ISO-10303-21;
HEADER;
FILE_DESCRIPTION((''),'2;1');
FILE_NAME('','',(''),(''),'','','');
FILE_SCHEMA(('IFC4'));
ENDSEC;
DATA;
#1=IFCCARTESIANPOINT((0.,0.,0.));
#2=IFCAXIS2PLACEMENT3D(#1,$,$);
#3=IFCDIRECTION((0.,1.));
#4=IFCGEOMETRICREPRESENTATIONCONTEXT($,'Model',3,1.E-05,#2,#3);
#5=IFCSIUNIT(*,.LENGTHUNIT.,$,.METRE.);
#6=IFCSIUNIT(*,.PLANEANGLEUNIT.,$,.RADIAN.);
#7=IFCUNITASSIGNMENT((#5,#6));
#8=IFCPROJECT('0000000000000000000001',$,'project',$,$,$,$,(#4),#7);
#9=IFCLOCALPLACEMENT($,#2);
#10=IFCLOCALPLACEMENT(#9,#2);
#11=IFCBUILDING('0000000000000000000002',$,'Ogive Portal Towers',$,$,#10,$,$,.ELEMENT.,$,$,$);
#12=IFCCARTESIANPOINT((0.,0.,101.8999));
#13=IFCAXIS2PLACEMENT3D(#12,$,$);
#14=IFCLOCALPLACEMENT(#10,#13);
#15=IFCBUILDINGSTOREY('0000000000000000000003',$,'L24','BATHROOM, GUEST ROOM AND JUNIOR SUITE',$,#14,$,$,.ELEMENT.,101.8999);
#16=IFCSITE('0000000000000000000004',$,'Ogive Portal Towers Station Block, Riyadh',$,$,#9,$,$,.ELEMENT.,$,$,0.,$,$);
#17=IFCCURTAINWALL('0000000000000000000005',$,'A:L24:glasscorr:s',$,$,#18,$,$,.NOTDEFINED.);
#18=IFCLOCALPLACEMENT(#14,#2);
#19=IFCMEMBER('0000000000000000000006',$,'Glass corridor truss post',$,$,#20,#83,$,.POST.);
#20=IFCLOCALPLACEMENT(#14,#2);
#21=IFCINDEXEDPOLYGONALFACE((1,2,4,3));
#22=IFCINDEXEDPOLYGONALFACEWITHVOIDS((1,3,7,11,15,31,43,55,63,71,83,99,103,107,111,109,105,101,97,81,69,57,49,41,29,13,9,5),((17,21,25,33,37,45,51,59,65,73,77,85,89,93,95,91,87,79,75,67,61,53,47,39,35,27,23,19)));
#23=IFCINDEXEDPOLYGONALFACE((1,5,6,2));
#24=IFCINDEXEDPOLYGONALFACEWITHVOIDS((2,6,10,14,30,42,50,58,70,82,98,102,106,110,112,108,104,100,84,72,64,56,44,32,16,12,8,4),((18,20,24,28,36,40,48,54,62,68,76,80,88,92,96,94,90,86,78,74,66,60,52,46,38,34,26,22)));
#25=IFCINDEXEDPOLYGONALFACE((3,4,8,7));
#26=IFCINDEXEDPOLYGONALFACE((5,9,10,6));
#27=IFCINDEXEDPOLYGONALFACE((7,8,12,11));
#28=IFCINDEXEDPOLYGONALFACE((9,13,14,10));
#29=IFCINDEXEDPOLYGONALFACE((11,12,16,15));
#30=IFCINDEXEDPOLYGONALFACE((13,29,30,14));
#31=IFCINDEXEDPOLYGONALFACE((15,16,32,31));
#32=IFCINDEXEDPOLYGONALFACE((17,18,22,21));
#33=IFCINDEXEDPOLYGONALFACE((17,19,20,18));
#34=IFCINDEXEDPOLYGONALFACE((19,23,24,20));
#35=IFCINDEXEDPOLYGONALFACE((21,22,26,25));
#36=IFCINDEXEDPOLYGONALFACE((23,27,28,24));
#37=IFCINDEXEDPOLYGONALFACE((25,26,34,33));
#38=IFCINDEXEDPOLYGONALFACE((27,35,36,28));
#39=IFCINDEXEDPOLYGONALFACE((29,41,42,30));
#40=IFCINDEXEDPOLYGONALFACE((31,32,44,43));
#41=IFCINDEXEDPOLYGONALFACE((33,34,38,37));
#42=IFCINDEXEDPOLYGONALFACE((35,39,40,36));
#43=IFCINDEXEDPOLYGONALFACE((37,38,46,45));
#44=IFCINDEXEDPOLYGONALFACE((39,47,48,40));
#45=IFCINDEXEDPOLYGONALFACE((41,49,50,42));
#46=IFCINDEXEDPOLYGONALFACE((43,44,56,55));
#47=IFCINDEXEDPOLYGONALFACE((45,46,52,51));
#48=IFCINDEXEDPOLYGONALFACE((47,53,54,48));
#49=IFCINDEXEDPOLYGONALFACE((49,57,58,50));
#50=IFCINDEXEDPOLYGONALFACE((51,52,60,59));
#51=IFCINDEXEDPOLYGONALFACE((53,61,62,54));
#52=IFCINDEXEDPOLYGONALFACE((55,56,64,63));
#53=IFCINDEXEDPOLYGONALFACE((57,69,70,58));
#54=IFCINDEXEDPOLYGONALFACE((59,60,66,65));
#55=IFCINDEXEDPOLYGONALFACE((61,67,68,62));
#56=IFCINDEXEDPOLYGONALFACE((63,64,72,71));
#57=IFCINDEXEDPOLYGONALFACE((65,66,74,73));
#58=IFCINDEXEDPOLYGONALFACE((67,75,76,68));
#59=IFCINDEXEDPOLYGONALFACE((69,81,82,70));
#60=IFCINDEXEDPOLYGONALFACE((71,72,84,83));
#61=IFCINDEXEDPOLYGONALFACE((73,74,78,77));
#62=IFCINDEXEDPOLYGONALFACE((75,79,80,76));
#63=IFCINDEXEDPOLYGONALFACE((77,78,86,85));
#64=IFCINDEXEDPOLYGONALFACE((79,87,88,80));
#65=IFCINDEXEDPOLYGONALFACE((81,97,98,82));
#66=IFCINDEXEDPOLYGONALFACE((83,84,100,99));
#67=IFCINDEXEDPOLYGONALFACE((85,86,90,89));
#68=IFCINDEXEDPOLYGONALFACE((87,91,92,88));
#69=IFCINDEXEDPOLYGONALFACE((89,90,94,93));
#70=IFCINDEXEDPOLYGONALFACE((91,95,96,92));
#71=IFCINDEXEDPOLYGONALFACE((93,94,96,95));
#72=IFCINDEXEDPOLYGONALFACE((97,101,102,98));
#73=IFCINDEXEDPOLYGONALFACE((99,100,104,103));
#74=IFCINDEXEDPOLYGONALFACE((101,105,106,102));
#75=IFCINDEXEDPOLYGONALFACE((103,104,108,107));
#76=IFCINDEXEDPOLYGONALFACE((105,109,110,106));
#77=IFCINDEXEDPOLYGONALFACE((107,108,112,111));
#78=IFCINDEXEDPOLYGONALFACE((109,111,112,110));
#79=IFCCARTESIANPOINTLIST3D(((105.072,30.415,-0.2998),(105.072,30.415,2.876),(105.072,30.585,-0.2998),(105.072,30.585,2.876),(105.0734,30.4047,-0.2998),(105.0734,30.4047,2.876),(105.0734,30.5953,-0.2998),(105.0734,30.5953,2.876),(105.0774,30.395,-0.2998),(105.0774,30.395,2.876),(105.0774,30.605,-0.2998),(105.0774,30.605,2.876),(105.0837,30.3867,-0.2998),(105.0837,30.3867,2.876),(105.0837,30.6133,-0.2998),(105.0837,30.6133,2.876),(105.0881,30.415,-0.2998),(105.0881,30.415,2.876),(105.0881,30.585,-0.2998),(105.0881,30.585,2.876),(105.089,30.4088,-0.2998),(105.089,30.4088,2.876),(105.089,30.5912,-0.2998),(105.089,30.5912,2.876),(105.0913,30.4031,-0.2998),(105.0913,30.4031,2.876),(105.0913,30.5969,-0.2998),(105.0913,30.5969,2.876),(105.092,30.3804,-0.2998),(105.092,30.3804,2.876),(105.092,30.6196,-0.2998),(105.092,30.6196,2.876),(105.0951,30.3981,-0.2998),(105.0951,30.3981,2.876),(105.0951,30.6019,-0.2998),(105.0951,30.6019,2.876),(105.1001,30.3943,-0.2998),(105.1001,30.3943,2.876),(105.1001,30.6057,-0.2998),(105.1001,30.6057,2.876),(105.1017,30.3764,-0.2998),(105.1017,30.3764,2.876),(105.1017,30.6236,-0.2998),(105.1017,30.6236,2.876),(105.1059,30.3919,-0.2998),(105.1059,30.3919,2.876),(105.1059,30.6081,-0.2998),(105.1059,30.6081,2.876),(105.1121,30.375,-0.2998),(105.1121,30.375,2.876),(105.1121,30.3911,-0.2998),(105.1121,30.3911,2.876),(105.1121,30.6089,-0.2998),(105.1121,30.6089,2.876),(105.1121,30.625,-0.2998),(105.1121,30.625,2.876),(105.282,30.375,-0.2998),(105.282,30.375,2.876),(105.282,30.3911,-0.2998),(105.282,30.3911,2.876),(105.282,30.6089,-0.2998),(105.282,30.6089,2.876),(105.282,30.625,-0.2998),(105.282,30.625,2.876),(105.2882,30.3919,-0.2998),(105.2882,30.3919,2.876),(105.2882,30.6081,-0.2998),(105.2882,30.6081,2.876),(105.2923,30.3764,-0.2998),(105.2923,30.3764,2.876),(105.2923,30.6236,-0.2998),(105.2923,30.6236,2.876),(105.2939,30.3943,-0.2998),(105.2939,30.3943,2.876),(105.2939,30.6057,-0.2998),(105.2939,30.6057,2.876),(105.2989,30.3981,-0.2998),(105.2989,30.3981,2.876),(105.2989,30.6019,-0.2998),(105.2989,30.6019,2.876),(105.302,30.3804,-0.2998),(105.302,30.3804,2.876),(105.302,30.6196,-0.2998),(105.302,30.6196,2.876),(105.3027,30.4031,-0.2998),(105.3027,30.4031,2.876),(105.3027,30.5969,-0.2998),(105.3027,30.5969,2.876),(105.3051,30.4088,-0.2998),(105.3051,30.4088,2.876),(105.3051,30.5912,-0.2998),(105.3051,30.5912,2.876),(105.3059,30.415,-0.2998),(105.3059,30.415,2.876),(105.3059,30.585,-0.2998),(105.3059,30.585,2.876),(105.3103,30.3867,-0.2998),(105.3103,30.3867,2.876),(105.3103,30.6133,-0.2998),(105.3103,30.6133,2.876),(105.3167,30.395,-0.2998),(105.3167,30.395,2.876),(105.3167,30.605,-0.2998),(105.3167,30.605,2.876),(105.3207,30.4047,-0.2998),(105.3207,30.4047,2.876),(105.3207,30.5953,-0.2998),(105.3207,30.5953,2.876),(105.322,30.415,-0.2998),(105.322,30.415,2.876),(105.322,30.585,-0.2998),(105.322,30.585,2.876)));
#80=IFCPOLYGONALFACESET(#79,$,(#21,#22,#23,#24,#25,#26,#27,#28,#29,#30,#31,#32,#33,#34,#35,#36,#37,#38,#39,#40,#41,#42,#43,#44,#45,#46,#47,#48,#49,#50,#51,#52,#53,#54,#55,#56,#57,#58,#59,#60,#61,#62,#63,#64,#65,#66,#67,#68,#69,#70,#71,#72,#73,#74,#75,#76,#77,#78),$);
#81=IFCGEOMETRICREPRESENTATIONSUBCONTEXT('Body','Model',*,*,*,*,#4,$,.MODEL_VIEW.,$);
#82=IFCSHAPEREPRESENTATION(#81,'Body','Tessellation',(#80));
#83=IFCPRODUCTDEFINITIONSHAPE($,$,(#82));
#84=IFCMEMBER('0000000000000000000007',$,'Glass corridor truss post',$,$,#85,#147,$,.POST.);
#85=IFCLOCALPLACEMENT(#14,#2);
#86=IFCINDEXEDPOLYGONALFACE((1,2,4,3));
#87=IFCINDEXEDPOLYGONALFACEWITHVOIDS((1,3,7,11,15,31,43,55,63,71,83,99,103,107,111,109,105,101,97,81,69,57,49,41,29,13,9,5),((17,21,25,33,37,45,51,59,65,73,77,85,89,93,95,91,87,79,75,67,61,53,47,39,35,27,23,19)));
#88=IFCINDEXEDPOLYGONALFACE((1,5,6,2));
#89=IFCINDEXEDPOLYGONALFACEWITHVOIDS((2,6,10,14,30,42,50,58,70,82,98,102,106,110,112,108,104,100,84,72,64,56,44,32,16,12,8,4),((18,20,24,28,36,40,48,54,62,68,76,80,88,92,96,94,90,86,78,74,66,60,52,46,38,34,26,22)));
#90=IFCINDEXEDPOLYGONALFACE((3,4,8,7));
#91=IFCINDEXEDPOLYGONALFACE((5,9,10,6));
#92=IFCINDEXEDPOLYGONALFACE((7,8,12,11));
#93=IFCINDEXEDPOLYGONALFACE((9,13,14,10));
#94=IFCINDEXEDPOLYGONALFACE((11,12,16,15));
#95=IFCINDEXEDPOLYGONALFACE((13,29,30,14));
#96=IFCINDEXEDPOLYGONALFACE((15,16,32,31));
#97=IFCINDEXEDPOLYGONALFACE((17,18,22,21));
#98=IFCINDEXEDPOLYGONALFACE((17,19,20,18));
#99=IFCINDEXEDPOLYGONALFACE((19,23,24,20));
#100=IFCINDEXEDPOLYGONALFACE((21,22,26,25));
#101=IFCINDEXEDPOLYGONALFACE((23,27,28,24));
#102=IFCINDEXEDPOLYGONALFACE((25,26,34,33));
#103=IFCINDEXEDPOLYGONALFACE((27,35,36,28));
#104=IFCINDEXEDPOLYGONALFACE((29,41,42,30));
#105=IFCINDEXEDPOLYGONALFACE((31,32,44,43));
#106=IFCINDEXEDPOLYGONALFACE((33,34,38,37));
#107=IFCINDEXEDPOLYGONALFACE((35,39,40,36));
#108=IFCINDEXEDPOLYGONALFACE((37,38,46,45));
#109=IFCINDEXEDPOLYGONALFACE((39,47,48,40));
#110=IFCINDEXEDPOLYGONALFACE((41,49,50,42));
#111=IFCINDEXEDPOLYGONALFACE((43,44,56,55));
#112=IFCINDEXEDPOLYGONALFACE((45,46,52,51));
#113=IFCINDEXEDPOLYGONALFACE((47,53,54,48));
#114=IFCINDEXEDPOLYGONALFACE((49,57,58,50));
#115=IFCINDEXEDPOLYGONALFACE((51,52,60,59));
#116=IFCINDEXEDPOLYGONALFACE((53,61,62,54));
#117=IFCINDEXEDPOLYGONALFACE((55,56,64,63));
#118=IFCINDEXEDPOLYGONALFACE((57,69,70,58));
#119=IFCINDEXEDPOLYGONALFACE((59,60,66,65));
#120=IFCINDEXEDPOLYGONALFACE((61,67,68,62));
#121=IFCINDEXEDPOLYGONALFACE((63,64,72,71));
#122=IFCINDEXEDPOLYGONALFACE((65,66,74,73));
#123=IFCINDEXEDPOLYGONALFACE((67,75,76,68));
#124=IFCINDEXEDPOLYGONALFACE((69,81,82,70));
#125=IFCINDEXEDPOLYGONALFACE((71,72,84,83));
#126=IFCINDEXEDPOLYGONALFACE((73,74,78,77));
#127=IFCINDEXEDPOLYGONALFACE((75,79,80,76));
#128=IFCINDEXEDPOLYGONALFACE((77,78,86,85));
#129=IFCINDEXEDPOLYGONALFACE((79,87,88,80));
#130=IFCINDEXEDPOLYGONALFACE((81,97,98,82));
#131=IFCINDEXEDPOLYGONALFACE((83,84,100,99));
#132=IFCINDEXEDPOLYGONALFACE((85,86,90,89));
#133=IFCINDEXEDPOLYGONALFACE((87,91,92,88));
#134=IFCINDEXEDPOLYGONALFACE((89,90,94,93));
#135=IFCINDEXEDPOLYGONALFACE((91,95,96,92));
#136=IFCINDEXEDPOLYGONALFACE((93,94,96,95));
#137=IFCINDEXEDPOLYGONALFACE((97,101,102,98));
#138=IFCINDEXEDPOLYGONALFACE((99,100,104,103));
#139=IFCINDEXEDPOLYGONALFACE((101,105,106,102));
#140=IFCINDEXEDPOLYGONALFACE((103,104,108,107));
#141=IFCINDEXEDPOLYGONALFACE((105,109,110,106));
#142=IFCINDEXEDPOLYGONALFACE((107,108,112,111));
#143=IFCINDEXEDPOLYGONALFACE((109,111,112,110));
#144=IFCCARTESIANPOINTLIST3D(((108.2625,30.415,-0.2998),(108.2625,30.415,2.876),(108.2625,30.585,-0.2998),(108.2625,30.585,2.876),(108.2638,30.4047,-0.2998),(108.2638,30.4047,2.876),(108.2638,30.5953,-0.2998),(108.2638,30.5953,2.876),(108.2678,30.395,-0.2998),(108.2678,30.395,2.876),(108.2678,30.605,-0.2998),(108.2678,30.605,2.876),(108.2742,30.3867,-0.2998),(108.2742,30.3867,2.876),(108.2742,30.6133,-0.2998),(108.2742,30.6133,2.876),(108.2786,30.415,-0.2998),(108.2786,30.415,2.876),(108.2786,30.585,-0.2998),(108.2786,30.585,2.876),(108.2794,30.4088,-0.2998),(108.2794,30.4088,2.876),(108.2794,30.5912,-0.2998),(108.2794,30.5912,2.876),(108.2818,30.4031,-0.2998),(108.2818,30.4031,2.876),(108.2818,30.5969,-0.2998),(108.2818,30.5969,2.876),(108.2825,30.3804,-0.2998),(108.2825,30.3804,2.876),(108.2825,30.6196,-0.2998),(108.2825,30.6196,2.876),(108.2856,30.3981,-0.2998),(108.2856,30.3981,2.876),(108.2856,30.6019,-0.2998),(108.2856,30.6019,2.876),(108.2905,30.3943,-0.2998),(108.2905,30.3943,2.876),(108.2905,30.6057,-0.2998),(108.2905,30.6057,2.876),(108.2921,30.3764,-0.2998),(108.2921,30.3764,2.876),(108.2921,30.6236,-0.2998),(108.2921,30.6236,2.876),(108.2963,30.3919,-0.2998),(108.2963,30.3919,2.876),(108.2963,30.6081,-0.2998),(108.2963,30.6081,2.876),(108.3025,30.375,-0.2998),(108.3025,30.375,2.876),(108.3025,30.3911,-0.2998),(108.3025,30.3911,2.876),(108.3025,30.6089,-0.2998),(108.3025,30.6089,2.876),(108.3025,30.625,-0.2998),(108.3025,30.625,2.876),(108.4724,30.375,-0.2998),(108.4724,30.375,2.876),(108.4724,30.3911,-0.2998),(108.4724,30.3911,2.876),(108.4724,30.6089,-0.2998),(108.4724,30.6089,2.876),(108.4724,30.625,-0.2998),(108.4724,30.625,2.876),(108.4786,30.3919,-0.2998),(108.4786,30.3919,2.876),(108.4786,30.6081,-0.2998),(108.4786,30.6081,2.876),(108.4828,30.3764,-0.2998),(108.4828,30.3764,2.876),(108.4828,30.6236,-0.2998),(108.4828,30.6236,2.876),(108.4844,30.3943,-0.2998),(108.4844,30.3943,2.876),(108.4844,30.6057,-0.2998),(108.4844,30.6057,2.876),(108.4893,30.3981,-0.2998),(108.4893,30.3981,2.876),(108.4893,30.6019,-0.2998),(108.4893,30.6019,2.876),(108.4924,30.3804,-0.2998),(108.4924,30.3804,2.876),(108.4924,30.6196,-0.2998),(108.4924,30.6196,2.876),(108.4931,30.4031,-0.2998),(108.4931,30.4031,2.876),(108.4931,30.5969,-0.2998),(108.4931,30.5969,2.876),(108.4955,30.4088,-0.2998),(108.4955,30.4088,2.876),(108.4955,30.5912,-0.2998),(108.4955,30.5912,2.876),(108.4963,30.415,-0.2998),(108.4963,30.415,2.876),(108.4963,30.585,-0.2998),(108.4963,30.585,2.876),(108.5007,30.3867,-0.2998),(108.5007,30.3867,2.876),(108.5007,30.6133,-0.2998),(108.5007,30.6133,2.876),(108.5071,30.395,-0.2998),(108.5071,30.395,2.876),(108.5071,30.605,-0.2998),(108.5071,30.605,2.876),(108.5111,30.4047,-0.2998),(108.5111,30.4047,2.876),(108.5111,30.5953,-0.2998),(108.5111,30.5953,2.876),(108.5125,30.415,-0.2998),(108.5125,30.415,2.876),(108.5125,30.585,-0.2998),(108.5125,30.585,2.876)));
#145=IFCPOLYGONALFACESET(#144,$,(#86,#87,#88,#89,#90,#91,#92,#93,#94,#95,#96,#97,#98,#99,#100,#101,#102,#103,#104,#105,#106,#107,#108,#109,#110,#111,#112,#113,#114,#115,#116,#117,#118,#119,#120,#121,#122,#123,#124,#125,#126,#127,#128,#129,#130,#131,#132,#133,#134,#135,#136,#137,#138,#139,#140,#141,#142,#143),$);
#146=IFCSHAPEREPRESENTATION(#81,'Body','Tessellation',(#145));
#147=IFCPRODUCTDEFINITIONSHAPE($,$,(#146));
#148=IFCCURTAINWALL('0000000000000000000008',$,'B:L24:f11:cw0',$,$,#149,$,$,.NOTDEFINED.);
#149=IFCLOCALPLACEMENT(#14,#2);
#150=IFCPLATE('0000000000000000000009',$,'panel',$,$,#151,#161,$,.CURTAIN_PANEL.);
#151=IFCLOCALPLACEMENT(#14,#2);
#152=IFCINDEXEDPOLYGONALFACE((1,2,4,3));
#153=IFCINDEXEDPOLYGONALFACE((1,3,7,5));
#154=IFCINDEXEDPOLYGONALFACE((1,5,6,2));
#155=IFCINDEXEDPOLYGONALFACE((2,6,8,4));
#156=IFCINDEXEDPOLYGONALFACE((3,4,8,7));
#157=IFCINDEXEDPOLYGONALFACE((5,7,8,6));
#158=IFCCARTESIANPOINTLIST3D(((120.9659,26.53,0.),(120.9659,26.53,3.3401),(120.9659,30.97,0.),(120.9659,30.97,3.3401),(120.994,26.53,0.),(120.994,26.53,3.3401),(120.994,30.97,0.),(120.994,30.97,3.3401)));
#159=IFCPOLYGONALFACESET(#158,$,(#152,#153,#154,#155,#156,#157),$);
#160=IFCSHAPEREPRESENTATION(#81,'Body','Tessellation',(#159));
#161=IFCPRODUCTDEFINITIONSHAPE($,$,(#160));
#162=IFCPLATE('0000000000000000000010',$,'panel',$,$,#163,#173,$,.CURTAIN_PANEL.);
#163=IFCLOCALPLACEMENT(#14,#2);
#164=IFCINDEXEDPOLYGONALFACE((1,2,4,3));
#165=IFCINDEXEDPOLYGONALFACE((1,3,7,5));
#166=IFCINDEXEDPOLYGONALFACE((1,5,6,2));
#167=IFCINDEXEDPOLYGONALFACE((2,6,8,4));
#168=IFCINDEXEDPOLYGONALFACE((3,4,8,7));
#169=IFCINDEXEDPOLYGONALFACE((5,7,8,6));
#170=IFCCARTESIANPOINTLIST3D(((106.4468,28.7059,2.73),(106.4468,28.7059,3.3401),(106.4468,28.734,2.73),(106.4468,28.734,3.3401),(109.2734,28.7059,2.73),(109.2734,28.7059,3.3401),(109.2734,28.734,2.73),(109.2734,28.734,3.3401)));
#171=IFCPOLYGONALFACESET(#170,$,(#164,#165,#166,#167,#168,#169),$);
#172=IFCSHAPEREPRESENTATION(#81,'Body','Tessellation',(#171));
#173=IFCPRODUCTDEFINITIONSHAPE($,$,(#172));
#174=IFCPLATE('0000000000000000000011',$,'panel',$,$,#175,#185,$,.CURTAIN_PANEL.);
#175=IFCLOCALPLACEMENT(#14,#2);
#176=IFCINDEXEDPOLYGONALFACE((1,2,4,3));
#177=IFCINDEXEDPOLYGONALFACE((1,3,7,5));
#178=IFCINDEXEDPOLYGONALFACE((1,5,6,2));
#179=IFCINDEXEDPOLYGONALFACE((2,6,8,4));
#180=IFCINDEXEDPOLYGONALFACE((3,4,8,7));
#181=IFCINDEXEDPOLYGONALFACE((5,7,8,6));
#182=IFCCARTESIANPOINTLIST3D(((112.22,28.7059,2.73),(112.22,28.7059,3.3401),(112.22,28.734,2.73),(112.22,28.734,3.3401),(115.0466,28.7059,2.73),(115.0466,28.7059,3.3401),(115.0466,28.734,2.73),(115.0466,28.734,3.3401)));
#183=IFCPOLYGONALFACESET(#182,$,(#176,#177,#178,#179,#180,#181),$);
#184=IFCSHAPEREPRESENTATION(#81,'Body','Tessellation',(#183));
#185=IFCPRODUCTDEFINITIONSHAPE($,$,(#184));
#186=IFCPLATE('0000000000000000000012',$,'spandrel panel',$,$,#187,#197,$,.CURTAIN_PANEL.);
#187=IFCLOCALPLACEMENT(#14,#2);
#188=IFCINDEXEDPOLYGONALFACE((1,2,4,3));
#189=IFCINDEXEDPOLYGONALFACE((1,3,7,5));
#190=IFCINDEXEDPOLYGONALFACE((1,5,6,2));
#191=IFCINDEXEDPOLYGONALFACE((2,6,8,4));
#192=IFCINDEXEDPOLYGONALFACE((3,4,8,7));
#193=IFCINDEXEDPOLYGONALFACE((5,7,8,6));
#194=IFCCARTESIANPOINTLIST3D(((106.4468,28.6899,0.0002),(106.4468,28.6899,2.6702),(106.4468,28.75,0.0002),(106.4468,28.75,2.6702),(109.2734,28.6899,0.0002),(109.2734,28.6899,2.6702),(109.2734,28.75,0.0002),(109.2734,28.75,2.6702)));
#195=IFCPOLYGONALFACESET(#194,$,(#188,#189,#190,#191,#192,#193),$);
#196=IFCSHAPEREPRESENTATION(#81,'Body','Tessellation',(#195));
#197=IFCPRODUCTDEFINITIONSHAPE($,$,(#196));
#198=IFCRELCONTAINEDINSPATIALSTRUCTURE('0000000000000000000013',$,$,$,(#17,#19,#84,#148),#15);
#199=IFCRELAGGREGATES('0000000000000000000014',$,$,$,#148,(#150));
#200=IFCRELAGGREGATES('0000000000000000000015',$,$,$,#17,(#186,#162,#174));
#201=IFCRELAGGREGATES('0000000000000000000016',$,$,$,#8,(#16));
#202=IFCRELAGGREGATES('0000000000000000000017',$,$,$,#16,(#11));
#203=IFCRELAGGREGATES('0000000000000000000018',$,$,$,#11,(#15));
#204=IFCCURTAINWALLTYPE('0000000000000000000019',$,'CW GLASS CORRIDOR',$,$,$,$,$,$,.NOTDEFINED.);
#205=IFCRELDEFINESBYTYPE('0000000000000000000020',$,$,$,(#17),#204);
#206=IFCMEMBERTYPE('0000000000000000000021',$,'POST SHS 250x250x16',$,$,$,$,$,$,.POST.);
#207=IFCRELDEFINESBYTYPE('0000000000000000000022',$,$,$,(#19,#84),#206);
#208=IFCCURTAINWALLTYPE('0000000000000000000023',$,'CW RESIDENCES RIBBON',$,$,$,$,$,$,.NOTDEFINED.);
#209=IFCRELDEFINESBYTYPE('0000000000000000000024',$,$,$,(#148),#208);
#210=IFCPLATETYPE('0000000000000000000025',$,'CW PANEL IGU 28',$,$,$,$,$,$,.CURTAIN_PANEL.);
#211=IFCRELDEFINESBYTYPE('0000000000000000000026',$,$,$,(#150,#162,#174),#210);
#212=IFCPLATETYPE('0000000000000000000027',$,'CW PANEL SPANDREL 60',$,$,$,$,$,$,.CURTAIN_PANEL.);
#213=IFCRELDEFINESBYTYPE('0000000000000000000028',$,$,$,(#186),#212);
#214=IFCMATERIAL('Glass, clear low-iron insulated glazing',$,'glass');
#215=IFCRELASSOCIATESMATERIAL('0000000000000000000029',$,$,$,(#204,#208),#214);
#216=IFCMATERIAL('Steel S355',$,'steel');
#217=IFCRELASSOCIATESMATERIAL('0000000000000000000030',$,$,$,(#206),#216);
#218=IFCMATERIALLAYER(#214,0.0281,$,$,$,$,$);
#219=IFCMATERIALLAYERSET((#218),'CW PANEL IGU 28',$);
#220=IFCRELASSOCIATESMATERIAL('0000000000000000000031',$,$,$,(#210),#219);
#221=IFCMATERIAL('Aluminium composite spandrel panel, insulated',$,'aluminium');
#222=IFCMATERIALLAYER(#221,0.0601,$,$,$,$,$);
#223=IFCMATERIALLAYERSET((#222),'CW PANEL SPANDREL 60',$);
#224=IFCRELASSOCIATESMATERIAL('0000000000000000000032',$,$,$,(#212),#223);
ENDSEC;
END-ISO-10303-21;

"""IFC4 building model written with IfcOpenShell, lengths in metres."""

from ifc_helpers import new_model, si_unit, direction, frame, origin, origin_2d, place, context, subcontext, project, spatial, rectangle, hollow_rectangle, extrude, material, layer, layer_set, material_profile, profile_set, type_object, element, aggregate, save


model = new_model("IFC4")

# Units and contexts
model_context = context("Model", 3, precision=1e-05, world=origin(), true_north=direction((0.0, 1.0)))
body_context = subcontext(model_context, "Body", "Model", "MODEL_VIEW")
ifc_project = project(units=[si_unit("LENGTHUNIT", "METRE"), si_unit("PLANEANGLEUNIT", "RADIAN")], contexts=[model_context])

# Site, building, storey
site_placement = place(None, origin())
site = spatial("IfcSite", under=ifc_project, at=site_placement, Name="Ogive Portal Towers Station Block, Riyadh", CompositionType="ELEMENT", RefElevation=0.0)
building_placement = place(site_placement, origin())
building = spatial("IfcBuilding", under=site, at=building_placement, Name="Ogive Portal Towers", CompositionType="ELEMENT")
storey_placement = place(building_placement, frame((0.0, 0.0, 101.8999)))
storey = spatial("IfcBuildingStorey", under=building, at=storey_placement, Name="L24", Description="BATHROOM, GUEST ROOM AND JUNIOR SUITE", CompositionType="ELEMENT", Elevation=101.8999)

# Shared definitions
ifc_material_1 = material(Name="Steel S355", Category="steel")

# Curtain wall
ifc_material_2 = material(Name="Glass, clear low-iron insulated glazing", Category="glass")
curtain_wall_type_1 = type_object("IfcCurtainWallType", Name="CW GLASS CORRIDOR", PredefinedType="NOTDEFINED", material=ifc_material_2)
curtain_wall_1_placement = place(storey_placement, origin())
curtain_wall_1 = element("IfcCurtainWall", 1, at=curtain_wall_1_placement, inside=storey, type_object=curtain_wall_type_1, Name="A:L24:glasscorr:s", PredefinedType="NOTDEFINED")

# Members
ifc_material_profile_1 = material_profile(ifc_material_1, hollow_rectangle(XDim=0.25, YDim=0.25, WallThickness=0.0161, InnerFilletRadius=0.0239, OuterFilletRadius=0.04, at=origin_2d()), Name="SHS 250x250x16")
ifc_profile_set_1 = profile_set([ifc_material_profile_1], Name="Steel S355")
member_type_1 = type_object("IfcMemberType", Name="POST SHS 250x250x16", PredefinedType="POST", material=ifc_profile_set_1)
for number, where, z_axis, x_axis, name in (
    (2, (105.197, 30.5, -0.2998), (0.0, 0.0, 1.0), (1.0, 0.0, 0.0), "Glass corridor truss post"),
    (3, (108.3875, 30.5, -0.2998), (0.0, 0.0, 1.0), (1.0, 0.0, 0.0), "Glass corridor truss post"),
):
    element("IfcMember", number, at=place(storey_placement, frame(where, z_axis=z_axis, x_axis=x_axis)), inside=storey, type_object=member_type_1, Name=name, PredefinedType="POST", context=body_context, shape_type="SweptSolid", body=[
        extrude(hollow_rectangle(XDim=0.25, YDim=0.25, WallThickness=0.0161, InnerFilletRadius=0.0239, OuterFilletRadius=0.04, at=origin_2d()), origin(), (0.0, 0.0, 1.0), 3.1758),
    ])

# Curtain wall, plate
curtain_wall_type_2 = type_object("IfcCurtainWallType", Name="CW RESIDENCES RIBBON", PredefinedType="NOTDEFINED", material=ifc_material_2)
curtain_wall_2_placement = place(storey_placement, origin())
curtain_wall_2 = element("IfcCurtainWall", 4, at=curtain_wall_2_placement, inside=storey, type_object=curtain_wall_type_2, Name="B:L24:f11:cw0", PredefinedType="NOTDEFINED")
ifc_layer_1 = layer(ifc_material_2, 0.0281)
ifc_layer_set_1 = layer_set([ifc_layer_1], Name="CW PANEL IGU 28")
plate_type_1 = type_object("IfcPlateType", Name="CW PANEL IGU 28", PredefinedType="CURTAIN_PANEL", material=ifc_layer_set_1)
plate_1_placement = place(storey_placement, frame((120.98, 28.75, 0.0), z_axis=(0.0, 0.0, 1.0), x_axis=(0.0, -1.0, 0.0)))
plate_1 = element("IfcPlate", 5, at=plate_1_placement, type_object=plate_type_1, Name="panel", PredefinedType="CURTAIN_PANEL", context=body_context, shape_type="SweptSolid", body=[
    extrude(rectangle(XDim=4.4399, YDim=0.0281, at=origin_2d()), origin(), (0.0, 0.0, 1.0), 3.3401),
])
aggregate(curtain_wall_2, [plate_1])

# Plates
plate_2_placement = place(storey_placement, frame((107.8601, 28.72, 2.73), z_axis=(0.0, 0.0, 1.0), x_axis=(1.0, 0.0, 0.0)))
plate_2 = element("IfcPlate", 6, at=plate_2_placement, type_object=plate_type_1, Name="panel", PredefinedType="CURTAIN_PANEL", context=body_context, shape_type="SweptSolid", body=[
    extrude(rectangle(XDim=2.8267, YDim=0.0281, at=origin_2d()), origin(), (0.0, 0.0, 1.0), 0.6101),
])
plate_3_placement = place(storey_placement, frame((113.6333, 28.72, 2.73), z_axis=(0.0, 0.0, 1.0), x_axis=(1.0, 0.0, 0.0)))
plate_3 = element("IfcPlate", 7, at=plate_3_placement, type_object=plate_type_1, Name="panel", PredefinedType="CURTAIN_PANEL", context=body_context, shape_type="SweptSolid", body=[
    extrude(rectangle(XDim=2.8267, YDim=0.0281, at=origin_2d()), origin(), (0.0, 0.0, 1.0), 0.6101),
])
ifc_material_3 = material(Name="Aluminium composite spandrel panel, insulated", Category="aluminium")
ifc_layer_2 = layer(ifc_material_3, 0.0601)
ifc_layer_set_2 = layer_set([ifc_layer_2], Name="CW PANEL SPANDREL 60")
plate_type_2 = type_object("IfcPlateType", Name="CW PANEL SPANDREL 60", PredefinedType="CURTAIN_PANEL", material=ifc_layer_set_2)
plate_4_placement = place(storey_placement, frame((107.8601, 28.72, 0.0002), z_axis=(0.0, 0.0, 1.0), x_axis=(1.0, 0.0, 0.0)))
plate_4 = element("IfcPlate", 8, at=plate_4_placement, type_object=plate_type_2, Name="spandrel panel", PredefinedType="CURTAIN_PANEL", context=body_context, shape_type="SweptSolid", body=[
    extrude(rectangle(XDim=2.8267, YDim=0.0601, at=origin_2d()), origin(), (0.0, 0.0, 1.0), 2.6699),
])
aggregate(curtain_wall_1, [plate_4, plate_2, plate_3])

save(model, "model.ifc")
